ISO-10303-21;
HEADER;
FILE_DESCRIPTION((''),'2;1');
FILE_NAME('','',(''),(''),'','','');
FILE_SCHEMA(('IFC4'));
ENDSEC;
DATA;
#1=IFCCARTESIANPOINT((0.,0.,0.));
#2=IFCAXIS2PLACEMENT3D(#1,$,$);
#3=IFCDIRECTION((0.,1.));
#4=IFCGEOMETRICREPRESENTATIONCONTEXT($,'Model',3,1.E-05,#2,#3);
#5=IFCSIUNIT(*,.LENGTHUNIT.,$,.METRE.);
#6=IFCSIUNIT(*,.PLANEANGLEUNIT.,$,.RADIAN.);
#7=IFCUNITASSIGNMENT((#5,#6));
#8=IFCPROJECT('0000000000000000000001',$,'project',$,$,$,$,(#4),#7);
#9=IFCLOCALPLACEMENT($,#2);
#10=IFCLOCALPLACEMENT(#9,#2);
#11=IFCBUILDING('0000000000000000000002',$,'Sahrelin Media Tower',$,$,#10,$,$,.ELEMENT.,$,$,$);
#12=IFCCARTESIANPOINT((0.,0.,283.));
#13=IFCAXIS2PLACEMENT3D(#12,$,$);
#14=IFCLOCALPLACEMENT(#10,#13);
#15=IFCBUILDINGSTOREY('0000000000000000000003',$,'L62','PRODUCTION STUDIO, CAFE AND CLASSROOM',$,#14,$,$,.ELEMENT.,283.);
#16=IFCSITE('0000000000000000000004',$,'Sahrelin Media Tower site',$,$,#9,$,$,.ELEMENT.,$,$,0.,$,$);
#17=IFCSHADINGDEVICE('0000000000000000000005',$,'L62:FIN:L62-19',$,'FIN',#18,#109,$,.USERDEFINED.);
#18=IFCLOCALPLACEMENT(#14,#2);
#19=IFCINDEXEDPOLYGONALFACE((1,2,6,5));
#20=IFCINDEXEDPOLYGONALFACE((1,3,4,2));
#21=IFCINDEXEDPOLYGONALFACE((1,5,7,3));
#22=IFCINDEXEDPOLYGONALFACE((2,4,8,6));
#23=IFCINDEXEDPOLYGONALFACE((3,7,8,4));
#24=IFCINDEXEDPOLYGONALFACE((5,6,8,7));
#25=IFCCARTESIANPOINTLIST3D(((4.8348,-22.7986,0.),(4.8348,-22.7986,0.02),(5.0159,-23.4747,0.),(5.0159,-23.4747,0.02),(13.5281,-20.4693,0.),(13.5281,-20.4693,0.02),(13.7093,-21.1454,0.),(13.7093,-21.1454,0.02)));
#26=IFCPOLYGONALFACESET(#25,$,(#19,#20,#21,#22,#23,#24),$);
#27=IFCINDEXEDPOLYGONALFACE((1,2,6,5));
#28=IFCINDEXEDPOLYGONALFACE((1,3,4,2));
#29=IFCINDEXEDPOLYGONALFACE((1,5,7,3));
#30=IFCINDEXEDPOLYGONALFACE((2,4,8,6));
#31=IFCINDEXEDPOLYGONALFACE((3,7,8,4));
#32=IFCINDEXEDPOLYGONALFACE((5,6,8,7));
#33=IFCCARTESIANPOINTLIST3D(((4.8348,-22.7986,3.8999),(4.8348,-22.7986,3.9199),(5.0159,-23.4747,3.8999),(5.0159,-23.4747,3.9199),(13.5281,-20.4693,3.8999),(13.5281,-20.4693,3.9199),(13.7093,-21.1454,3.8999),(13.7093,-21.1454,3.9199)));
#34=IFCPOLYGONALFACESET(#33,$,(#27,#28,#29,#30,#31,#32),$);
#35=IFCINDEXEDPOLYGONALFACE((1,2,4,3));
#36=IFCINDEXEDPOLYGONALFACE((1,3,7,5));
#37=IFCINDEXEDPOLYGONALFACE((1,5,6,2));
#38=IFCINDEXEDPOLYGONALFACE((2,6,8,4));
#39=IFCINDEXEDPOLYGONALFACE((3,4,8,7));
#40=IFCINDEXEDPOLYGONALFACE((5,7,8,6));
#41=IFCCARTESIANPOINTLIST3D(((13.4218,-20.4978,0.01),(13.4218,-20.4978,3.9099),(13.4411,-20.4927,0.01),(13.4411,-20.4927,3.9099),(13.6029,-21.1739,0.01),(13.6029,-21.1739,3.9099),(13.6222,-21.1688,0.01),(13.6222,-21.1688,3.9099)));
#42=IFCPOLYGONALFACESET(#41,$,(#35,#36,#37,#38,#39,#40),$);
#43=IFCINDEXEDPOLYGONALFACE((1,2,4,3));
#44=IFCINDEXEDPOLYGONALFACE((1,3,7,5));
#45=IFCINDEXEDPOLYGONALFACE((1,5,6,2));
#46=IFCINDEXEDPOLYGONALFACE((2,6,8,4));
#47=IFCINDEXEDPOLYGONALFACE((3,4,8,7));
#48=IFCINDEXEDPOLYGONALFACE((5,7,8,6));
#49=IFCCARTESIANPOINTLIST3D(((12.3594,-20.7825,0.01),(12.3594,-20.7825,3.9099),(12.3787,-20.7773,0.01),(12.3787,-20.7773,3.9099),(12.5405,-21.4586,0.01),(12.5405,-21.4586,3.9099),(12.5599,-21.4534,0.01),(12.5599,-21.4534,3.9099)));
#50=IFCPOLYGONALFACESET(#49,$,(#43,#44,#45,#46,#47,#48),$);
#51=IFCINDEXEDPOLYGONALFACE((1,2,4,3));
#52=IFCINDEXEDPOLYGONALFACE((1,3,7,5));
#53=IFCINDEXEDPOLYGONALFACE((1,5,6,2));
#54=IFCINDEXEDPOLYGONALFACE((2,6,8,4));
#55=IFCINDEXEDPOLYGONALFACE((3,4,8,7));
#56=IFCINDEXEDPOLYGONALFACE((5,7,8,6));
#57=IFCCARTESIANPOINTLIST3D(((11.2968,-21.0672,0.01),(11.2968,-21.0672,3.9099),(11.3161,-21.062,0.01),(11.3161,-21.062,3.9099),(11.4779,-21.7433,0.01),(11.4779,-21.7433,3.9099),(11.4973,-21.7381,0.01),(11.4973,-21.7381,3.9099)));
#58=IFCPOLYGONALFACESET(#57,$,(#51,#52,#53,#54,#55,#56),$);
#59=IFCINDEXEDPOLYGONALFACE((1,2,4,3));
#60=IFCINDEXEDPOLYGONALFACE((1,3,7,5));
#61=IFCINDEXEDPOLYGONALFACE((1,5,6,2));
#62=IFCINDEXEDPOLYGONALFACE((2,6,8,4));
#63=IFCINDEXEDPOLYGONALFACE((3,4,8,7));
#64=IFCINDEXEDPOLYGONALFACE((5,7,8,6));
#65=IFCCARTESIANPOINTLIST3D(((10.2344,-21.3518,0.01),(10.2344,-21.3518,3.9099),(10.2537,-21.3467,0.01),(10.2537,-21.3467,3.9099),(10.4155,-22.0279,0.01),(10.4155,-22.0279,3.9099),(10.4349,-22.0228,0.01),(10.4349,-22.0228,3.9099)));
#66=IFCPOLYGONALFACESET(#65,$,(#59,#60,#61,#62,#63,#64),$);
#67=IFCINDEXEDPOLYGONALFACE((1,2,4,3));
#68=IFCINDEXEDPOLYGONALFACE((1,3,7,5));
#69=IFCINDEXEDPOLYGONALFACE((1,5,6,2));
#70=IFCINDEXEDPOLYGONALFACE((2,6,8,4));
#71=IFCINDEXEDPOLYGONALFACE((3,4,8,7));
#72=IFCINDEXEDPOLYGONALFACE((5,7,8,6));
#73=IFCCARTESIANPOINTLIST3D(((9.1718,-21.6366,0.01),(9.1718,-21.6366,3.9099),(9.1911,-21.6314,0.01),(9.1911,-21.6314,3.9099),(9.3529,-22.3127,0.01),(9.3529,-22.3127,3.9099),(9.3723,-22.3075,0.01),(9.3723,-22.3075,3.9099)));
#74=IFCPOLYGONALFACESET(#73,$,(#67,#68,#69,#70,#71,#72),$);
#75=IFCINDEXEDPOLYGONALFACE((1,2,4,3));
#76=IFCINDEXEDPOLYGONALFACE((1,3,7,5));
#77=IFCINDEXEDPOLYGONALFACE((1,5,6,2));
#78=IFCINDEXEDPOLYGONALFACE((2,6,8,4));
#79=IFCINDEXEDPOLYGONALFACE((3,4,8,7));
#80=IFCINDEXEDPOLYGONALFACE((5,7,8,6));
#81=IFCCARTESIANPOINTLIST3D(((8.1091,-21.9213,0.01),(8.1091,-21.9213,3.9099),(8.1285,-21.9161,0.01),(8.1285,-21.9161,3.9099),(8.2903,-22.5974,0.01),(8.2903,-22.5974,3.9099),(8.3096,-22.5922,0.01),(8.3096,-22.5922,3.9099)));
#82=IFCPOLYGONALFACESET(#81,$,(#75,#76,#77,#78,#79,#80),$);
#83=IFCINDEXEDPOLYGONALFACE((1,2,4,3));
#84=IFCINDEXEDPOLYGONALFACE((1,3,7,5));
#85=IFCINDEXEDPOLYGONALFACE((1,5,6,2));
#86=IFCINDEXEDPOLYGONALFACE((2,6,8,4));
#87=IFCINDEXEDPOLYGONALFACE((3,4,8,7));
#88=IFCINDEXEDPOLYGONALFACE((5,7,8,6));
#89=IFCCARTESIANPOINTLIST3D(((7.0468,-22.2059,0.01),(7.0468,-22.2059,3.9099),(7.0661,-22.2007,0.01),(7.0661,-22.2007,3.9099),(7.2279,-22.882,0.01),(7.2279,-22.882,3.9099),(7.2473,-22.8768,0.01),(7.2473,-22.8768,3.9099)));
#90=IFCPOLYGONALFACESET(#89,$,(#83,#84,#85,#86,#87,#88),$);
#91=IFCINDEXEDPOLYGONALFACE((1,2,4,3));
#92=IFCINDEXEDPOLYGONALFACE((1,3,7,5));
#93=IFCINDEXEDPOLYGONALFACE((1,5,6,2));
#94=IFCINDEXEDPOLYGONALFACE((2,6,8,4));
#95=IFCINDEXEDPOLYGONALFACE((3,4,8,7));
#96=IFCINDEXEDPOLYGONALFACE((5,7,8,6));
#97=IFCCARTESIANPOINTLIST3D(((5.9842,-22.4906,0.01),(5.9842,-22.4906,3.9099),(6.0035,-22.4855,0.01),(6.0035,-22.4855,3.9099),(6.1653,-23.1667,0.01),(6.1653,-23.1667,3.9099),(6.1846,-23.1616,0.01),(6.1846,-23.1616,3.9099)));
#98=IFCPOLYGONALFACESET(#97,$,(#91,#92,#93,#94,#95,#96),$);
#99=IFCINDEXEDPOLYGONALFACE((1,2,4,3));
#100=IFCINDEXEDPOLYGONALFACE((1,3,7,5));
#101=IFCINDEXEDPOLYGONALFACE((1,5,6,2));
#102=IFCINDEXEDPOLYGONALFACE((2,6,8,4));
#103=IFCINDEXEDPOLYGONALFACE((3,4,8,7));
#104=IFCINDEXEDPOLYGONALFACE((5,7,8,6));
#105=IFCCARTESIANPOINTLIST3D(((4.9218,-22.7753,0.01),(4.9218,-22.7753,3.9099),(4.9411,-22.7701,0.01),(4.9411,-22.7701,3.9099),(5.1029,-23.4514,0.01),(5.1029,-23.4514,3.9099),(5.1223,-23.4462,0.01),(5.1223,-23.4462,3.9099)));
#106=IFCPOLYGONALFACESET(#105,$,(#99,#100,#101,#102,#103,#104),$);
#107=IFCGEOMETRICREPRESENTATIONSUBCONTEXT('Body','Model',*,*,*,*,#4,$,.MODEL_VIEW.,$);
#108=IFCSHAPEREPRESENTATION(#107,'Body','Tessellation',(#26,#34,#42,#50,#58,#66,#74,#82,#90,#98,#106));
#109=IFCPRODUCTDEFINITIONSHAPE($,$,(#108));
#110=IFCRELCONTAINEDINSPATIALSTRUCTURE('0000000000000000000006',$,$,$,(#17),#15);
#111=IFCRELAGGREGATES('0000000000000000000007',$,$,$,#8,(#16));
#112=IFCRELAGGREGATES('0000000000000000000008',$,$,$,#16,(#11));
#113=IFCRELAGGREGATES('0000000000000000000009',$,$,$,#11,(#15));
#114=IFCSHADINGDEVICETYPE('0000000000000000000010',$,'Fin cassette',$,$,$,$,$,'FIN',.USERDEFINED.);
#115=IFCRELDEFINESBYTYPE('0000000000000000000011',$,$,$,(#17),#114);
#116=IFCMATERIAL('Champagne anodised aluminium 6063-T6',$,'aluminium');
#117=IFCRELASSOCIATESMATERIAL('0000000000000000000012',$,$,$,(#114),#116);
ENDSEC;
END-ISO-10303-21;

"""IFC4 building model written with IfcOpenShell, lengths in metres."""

from ifc_helpers import new_model, si_unit, direction, frame, origin, origin_2d, place, context, subcontext, project, spatial, rectangle, extrude, material, type_object, element, save


model = new_model("IFC4")

# Units and contexts
model_context = context("Model", 3, precision=1e-05, world=origin(), true_north=direction((0.0, 1.0)))
body_context = subcontext(model_context, "Body", "Model", "MODEL_VIEW")
ifc_project = project(units=[si_unit("LENGTHUNIT", "METRE"), si_unit("PLANEANGLEUNIT", "RADIAN")], contexts=[model_context])

# Site, building, storey
site_placement = place(None, origin())
site = spatial("IfcSite", under=ifc_project, at=site_placement, Name="Sahrelin Media Tower site", CompositionType="ELEMENT", RefElevation=0.0)
building_placement = place(site_placement, origin())
building = spatial("IfcBuilding", under=site, at=building_placement, Name="Sahrelin Media Tower", CompositionType="ELEMENT")
storey_placement = place(building_placement, frame((0.0, 0.0, 283.0)))
storey = spatial("IfcBuildingStorey", under=building, at=storey_placement, Name="L62", Description="PRODUCTION STUDIO, CAFE AND CLASSROOM", CompositionType="ELEMENT", Elevation=283.0)

# Shared definitions
ifc_material_1 = material(Name="Champagne anodised aluminium 6063-T6", Category="aluminium")

# Shading device
shading_device_type_1 = type_object("IfcShadingDeviceType", Name="Fin cassette", ElementType="FIN", PredefinedType="USERDEFINED", material=ifc_material_1)
placement_1 = place(storey_placement, frame((9.1633, -21.5664, 0.0), z_axis=(0.0, 0.0, 1.0), x_axis=(-0.965929, -0.258808, 0.0)))
element("IfcShadingDevice", 1, at=placement_1, inside=storey, type_object=shading_device_type_1, Name="L62:FIN:L62-19", ObjectType="FIN", PredefinedType="USERDEFINED", context=body_context, shape_type="SweptSolid", body=[
    extrude(rectangle(XDim=9.0, YDim=0.7, at=origin_2d()), frame((0.0, 0.4199, 0.0)), (0.0, 0.0, 1.0), 0.02),
    extrude(rectangle(XDim=9.0, YDim=0.7, at=origin_2d()), frame((0.0, 0.4199, 3.8999)), (0.0, 0.0, 1.0), 0.02),
    extrude(rectangle(XDim=0.02, YDim=0.7, at=origin_2d()), frame((-4.3999, 0.4199, 0.01), z_axis=(0.0, 0.0, 1.0), x_axis=(1.0, 0.0, 0.0)), (0.0, 0.0, 1.0), 3.8999),
    extrude(rectangle(XDim=0.02, YDim=0.7, at=origin_2d()), frame((-3.3, 0.4199, 0.01), z_axis=(0.0, 0.0, 1.0), x_axis=(1.0, 0.0, 0.0)), (0.0, 0.0, 1.0), 3.8999),
    extrude(rectangle(XDim=0.02, YDim=0.7, at=origin_2d()), frame((-2.2, 0.4199, 0.01), z_axis=(0.0, 0.0, 1.0), x_axis=(1.0, 0.0, 0.0)), (0.0, 0.0, 1.0), 3.8999),
    extrude(rectangle(XDim=0.02, YDim=0.7, at=origin_2d()), frame((-1.1001, 0.4199, 0.01), z_axis=(0.0, 0.0, 1.0), x_axis=(1.0, 0.0, 0.0)), (0.0, 0.0, 1.0), 3.8999),
    extrude(rectangle(XDim=0.02, YDim=0.7, at=origin_2d()), frame((0.0, 0.4199, 0.01), z_axis=(0.0, 0.0, 1.0), x_axis=(1.0, 0.0, 0.0)), (0.0, 0.0, 1.0), 3.8999),
    extrude(rectangle(XDim=0.02, YDim=0.7, at=origin_2d()), frame((1.1001, 0.4199, 0.01), z_axis=(0.0, 0.0, 1.0), x_axis=(1.0, 0.0, 0.0)), (0.0, 0.0, 1.0), 3.8999),
    extrude(rectangle(XDim=0.02, YDim=0.7, at=origin_2d()), frame((2.2, 0.4199, 0.01), z_axis=(0.0, 0.0, 1.0), x_axis=(1.0, 0.0, 0.0)), (0.0, 0.0, 1.0), 3.8999),
    extrude(rectangle(XDim=0.02, YDim=0.7, at=origin_2d()), frame((3.3, 0.4199, 0.01), z_axis=(0.0, 0.0, 1.0), x_axis=(1.0, 0.0, 0.0)), (0.0, 0.0, 1.0), 3.8999),
    extrude(rectangle(XDim=0.02, YDim=0.7, at=origin_2d()), frame((4.3999, 0.4199, 0.01), z_axis=(0.0, 0.0, 1.0), x_axis=(1.0, 0.0, 0.0)), (0.0, 0.0, 1.0), 3.8999),
])

save(model, "model.ifc")
